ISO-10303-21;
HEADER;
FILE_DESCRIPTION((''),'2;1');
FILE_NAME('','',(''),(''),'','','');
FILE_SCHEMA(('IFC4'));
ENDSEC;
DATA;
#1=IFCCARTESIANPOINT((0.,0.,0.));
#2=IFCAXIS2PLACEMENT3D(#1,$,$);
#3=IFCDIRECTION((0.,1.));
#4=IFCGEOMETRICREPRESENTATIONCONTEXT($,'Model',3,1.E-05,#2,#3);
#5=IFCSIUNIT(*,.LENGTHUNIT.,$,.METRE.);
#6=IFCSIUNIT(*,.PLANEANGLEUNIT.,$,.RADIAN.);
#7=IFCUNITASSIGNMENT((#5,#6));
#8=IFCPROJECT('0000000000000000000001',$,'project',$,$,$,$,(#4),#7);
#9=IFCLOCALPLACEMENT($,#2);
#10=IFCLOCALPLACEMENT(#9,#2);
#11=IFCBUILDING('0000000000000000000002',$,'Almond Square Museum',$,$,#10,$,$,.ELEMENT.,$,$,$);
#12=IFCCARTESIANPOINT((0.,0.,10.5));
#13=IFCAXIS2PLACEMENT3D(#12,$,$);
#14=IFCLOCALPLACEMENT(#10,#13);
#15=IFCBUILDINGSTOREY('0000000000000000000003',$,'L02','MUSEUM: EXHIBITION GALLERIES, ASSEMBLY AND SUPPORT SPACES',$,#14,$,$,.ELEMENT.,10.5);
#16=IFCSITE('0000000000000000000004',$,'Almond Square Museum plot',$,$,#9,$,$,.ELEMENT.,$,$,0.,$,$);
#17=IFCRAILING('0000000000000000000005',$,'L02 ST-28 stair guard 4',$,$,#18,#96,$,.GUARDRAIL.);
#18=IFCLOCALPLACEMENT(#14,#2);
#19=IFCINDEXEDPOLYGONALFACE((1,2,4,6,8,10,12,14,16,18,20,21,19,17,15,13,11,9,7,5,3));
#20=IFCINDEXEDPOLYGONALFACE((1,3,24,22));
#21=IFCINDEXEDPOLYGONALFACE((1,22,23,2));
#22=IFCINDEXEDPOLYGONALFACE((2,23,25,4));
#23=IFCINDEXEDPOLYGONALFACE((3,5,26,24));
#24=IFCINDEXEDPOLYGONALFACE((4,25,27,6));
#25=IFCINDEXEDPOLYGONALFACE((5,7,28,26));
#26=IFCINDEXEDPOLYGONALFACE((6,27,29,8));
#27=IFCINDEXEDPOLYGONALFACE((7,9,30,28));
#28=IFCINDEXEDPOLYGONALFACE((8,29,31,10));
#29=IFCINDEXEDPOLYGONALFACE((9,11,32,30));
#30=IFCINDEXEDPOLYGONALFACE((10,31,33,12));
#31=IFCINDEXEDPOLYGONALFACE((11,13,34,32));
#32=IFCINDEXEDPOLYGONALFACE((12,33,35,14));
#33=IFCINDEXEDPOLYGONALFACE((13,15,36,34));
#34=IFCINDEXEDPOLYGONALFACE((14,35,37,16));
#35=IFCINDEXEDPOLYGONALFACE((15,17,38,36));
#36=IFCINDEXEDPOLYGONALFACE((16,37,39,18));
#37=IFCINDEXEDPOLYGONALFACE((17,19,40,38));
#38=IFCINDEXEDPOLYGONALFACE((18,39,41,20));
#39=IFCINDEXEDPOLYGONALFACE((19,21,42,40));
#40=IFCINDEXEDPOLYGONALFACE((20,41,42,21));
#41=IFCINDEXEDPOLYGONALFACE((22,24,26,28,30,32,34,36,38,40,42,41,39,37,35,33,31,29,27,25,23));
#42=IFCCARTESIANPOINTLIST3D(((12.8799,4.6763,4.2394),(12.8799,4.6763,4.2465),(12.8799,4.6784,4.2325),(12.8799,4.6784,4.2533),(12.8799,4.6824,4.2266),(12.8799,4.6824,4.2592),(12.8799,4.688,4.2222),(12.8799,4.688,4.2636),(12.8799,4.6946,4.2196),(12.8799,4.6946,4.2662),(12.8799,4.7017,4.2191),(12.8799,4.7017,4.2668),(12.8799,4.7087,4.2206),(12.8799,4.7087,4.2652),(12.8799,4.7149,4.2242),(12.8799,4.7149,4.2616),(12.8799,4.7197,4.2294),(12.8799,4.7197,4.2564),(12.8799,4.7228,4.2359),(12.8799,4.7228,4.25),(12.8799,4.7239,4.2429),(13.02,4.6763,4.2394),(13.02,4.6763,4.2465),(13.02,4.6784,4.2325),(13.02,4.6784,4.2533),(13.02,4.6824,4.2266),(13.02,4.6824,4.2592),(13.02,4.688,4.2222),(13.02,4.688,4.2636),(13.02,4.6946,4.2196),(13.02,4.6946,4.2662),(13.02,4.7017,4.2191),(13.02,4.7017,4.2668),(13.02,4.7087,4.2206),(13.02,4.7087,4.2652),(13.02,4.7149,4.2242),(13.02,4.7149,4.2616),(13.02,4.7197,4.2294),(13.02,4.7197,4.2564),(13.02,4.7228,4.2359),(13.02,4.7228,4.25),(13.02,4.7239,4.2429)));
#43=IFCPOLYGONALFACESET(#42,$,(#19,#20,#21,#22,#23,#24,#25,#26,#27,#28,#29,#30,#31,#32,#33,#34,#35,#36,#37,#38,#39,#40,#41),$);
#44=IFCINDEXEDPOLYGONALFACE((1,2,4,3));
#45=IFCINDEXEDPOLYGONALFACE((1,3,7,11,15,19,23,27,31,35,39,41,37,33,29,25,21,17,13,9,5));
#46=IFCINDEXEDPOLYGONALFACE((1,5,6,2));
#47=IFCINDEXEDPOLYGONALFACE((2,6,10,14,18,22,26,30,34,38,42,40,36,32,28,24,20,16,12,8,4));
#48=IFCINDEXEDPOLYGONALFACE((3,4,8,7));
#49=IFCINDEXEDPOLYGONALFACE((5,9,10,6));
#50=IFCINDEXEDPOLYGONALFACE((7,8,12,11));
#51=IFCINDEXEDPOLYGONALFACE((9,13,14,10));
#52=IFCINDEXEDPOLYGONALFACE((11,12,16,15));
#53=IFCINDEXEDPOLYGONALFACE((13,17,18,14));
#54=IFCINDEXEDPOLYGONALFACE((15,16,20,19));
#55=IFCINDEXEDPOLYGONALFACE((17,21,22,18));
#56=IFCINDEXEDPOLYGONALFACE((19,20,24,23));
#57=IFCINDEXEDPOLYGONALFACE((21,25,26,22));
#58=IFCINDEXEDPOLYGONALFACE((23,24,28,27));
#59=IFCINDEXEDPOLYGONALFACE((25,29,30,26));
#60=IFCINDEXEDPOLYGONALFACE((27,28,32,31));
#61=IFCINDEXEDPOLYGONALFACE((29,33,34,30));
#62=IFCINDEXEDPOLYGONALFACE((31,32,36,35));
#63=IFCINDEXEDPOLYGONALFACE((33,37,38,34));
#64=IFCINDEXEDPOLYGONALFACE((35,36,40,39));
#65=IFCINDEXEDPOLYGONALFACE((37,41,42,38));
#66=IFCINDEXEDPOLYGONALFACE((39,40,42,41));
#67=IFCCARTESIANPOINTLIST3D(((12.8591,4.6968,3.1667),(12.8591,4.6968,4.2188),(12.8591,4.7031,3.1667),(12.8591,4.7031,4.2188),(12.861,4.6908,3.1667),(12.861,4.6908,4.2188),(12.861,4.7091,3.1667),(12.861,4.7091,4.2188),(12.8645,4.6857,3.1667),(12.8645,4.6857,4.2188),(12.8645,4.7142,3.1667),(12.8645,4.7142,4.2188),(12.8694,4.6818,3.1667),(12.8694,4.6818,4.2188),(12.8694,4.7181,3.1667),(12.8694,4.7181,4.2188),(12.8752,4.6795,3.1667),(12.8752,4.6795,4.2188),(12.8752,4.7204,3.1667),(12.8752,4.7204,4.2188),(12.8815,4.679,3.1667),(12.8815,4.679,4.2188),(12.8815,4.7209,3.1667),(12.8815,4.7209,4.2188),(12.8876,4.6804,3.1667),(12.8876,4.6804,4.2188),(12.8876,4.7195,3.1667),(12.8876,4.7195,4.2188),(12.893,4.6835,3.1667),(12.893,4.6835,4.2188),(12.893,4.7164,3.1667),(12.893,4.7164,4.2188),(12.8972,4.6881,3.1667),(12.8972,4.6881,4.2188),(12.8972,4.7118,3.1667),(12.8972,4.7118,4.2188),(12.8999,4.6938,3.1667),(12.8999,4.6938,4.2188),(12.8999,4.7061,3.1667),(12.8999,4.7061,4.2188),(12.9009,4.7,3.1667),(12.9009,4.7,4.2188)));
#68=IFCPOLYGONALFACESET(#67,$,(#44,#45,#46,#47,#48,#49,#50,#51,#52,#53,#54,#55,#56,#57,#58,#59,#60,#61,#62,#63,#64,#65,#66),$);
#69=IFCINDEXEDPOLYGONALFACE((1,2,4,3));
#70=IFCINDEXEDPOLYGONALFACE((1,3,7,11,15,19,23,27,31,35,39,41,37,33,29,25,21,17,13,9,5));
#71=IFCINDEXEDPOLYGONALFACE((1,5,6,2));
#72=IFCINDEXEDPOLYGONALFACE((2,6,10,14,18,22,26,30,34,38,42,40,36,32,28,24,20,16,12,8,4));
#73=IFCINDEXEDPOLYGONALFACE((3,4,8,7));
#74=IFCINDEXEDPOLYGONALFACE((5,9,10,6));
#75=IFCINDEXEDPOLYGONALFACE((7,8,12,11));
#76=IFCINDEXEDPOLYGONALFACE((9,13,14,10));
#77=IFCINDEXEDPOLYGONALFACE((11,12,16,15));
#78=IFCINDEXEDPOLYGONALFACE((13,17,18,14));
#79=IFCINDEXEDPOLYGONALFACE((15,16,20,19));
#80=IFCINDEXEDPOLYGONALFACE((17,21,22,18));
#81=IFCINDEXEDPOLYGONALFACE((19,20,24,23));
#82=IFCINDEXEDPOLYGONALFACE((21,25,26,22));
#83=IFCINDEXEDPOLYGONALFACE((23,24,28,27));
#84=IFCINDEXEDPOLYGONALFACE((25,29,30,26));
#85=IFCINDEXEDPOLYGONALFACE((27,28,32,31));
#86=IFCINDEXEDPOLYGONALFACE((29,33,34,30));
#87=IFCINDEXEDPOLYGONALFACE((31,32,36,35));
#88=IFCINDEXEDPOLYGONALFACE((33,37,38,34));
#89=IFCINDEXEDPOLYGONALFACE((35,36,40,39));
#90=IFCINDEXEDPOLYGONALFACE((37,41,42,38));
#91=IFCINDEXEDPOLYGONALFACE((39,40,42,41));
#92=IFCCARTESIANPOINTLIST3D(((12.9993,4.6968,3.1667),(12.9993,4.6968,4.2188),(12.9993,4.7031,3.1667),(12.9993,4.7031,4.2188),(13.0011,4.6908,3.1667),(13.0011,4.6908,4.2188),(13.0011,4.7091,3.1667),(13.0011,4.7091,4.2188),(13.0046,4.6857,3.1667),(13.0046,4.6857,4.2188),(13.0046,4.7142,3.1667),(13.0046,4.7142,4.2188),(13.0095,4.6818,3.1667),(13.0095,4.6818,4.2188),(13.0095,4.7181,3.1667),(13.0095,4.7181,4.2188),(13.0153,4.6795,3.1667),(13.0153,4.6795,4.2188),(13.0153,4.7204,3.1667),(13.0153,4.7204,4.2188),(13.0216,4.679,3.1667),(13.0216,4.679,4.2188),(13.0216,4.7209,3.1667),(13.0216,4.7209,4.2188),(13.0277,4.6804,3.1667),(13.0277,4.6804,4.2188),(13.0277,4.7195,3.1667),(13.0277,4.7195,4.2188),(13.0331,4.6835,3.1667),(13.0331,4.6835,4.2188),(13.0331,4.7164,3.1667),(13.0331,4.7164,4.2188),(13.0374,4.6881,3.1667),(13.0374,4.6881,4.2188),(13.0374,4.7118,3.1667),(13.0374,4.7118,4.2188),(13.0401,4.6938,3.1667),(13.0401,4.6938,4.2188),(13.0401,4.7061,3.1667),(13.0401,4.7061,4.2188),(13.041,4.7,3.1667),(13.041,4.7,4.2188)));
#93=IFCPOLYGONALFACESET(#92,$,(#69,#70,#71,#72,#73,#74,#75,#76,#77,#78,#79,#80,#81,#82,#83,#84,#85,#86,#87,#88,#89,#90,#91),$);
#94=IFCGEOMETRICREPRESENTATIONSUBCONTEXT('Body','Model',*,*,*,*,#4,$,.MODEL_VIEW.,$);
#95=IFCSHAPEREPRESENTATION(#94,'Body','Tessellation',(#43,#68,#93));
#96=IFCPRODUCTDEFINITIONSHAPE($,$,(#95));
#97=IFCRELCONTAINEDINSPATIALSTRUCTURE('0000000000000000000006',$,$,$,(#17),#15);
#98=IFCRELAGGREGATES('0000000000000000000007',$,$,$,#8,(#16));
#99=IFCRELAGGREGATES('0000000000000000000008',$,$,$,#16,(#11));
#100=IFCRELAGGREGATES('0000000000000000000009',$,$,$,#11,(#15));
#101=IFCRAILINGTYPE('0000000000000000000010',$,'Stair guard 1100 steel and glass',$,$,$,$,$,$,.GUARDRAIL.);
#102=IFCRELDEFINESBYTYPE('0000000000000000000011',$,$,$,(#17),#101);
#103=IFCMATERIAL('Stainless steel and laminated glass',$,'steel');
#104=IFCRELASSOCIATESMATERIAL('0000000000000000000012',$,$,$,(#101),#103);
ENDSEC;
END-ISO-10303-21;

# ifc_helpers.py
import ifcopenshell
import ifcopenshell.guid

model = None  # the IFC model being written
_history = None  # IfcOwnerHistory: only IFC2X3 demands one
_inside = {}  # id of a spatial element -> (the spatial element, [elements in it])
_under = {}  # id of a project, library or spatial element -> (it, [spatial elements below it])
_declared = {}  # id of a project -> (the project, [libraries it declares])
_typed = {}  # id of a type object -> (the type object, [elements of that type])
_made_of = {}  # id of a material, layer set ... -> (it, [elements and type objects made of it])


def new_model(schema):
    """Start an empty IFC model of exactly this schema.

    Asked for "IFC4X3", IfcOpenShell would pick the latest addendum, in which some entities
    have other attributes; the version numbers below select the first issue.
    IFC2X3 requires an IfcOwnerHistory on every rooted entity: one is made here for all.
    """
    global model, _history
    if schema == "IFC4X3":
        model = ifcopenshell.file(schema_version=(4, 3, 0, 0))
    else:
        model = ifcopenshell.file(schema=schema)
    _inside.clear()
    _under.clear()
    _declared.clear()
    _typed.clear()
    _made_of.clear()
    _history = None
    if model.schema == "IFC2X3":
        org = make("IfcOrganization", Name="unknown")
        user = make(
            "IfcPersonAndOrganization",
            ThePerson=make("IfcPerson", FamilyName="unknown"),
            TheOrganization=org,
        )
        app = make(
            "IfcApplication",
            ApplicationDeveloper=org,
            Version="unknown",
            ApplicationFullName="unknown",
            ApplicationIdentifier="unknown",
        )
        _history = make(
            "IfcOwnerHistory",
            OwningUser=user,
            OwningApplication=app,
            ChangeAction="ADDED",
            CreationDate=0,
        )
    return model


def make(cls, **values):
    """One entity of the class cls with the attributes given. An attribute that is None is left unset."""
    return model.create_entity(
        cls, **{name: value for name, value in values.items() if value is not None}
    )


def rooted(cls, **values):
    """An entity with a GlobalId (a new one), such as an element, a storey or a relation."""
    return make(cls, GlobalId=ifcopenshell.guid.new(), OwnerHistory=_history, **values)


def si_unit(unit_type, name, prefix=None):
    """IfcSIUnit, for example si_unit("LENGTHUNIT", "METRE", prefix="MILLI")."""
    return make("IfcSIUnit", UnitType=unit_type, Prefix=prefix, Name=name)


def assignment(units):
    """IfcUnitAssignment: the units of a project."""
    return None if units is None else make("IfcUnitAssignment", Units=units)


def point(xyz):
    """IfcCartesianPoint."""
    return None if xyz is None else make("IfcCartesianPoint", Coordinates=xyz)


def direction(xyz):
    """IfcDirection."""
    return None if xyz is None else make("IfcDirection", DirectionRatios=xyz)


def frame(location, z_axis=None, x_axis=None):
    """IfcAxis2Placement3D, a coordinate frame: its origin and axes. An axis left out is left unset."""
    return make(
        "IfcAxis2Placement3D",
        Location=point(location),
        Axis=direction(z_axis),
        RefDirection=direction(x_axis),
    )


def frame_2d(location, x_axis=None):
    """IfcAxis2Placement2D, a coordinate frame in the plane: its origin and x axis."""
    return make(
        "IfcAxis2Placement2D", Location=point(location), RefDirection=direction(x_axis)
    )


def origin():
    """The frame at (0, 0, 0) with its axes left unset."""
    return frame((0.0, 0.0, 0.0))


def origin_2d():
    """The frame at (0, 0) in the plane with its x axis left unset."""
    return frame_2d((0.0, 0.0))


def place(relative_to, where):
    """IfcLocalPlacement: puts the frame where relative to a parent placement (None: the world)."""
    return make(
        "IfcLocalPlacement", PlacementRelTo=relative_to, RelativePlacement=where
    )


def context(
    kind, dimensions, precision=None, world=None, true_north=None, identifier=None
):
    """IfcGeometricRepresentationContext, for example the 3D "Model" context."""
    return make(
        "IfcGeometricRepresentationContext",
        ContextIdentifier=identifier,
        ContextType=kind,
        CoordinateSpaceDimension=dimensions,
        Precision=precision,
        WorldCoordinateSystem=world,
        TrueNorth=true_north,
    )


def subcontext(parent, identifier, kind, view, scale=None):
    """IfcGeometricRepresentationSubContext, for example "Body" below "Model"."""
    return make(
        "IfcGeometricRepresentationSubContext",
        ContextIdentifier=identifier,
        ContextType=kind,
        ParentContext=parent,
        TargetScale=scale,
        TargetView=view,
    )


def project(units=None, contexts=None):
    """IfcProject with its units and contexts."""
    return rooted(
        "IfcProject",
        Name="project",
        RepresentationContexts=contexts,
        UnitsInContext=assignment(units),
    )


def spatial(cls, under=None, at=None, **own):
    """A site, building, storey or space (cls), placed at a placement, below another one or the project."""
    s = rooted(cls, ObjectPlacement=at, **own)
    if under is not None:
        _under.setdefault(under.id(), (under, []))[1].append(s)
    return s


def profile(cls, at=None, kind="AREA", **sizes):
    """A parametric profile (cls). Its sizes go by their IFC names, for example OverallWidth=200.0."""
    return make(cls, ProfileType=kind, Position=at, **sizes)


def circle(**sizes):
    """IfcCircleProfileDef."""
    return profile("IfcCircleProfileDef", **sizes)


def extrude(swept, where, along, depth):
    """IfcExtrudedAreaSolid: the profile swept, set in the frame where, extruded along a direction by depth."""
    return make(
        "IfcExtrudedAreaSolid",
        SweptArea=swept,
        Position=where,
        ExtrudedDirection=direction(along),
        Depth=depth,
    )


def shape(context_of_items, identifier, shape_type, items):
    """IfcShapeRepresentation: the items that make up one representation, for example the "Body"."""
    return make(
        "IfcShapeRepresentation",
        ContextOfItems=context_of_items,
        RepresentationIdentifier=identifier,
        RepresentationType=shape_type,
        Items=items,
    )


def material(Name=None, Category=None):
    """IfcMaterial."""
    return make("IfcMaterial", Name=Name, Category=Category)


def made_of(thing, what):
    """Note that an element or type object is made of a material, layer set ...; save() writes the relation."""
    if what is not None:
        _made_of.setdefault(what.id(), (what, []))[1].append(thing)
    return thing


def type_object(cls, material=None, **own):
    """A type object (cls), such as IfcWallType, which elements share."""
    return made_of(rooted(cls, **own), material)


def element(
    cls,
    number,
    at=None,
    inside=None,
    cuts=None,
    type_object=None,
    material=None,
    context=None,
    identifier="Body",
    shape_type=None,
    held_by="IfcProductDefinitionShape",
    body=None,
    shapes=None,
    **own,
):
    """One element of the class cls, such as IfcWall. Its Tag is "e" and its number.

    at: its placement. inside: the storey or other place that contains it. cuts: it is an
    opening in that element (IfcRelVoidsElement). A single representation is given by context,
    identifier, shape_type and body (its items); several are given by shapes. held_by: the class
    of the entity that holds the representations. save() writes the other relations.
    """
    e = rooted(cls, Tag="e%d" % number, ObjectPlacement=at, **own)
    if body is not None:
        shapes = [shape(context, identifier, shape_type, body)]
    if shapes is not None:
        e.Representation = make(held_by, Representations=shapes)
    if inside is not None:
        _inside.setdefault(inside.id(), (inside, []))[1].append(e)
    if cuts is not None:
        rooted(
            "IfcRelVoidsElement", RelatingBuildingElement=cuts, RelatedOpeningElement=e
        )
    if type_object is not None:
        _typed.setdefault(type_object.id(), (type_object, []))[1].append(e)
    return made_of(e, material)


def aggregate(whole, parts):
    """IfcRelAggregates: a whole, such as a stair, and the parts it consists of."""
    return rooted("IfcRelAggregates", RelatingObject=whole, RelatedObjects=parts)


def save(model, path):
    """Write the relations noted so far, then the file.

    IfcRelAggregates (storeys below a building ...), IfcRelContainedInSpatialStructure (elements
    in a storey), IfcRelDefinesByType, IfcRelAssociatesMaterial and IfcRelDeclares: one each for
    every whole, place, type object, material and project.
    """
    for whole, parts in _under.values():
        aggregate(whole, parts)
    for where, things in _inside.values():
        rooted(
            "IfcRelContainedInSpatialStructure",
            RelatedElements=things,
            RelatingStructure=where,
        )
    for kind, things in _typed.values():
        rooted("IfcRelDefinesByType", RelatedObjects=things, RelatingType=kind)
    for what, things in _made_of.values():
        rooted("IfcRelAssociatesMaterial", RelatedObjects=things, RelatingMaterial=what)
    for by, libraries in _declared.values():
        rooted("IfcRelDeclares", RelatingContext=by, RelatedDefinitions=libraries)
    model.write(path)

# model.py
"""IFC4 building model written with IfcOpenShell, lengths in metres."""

from ifc_helpers import new_model, si_unit, direction, frame, origin, origin_2d, place, context, subcontext, project, spatial, circle, extrude, material, type_object, element, save


model = new_model("IFC4")

# Units and contexts
model_context = context("Model", 3, precision=1e-05, world=origin(), true_north=direction((0.0, 1.0)))
body_context = subcontext(model_context, "Body", "Model", "MODEL_VIEW")
ifc_project = project(units=[si_unit("LENGTHUNIT", "METRE"), si_unit("PLANEANGLEUNIT", "RADIAN")], contexts=[model_context])

# Site, building, storey
site_placement = place(None, origin())
site = spatial("IfcSite", under=ifc_project, at=site_placement, Name="Almond Square Museum plot", CompositionType="ELEMENT", RefElevation=0.0)
building_placement = place(site_placement, origin())
building = spatial("IfcBuilding", under=site, at=building_placement, Name="Almond Square Museum", CompositionType="ELEMENT")
storey_placement = place(building_placement, frame((0.0, 0.0, 10.5)))
storey = spatial("IfcBuildingStorey", under=building, at=storey_placement, Name="L02", Description="MUSEUM: EXHIBITION GALLERIES, ASSEMBLY AND SUPPORT SPACES", CompositionType="ELEMENT", Elevation=10.5)

# Railing
ifc_material_1 = material(Name="Stainless steel and laminated glass", Category="steel")
railing_type_1 = type_object("IfcRailingType", Name="Stair guard 1100 steel and glass", PredefinedType="GUARDRAIL", material=ifc_material_1)
railing_1_placement = place(storey_placement, frame((12.8799, 4.7, 3.1667)))
element("IfcRailing", 1, at=railing_1_placement, inside=storey, type_object=railing_type_1, Name="L02 ST-28 stair guard 4", PredefinedType="GUARDRAIL", context=body_context, shape_type="SweptSolid", body=[
    extrude(circle(Radius=0.0239, at=origin_2d()), frame((0.0, 0.0, 1.0762), z_axis=(1.0, 0.0, 0.0), x_axis=(0.0, 1.0, 0.0)), (0.0, 0.0, 1.0), 0.1401),
    extrude(circle(Radius=0.021, at=origin_2d()), origin(), (0.0, 0.0, 1.0), 1.052),
    extrude(circle(Radius=0.021, at=origin_2d()), frame((0.1401, 0.0, 0.0)), (0.0, 0.0, 1.0), 1.052),
])

save(model, "model.ifc")
